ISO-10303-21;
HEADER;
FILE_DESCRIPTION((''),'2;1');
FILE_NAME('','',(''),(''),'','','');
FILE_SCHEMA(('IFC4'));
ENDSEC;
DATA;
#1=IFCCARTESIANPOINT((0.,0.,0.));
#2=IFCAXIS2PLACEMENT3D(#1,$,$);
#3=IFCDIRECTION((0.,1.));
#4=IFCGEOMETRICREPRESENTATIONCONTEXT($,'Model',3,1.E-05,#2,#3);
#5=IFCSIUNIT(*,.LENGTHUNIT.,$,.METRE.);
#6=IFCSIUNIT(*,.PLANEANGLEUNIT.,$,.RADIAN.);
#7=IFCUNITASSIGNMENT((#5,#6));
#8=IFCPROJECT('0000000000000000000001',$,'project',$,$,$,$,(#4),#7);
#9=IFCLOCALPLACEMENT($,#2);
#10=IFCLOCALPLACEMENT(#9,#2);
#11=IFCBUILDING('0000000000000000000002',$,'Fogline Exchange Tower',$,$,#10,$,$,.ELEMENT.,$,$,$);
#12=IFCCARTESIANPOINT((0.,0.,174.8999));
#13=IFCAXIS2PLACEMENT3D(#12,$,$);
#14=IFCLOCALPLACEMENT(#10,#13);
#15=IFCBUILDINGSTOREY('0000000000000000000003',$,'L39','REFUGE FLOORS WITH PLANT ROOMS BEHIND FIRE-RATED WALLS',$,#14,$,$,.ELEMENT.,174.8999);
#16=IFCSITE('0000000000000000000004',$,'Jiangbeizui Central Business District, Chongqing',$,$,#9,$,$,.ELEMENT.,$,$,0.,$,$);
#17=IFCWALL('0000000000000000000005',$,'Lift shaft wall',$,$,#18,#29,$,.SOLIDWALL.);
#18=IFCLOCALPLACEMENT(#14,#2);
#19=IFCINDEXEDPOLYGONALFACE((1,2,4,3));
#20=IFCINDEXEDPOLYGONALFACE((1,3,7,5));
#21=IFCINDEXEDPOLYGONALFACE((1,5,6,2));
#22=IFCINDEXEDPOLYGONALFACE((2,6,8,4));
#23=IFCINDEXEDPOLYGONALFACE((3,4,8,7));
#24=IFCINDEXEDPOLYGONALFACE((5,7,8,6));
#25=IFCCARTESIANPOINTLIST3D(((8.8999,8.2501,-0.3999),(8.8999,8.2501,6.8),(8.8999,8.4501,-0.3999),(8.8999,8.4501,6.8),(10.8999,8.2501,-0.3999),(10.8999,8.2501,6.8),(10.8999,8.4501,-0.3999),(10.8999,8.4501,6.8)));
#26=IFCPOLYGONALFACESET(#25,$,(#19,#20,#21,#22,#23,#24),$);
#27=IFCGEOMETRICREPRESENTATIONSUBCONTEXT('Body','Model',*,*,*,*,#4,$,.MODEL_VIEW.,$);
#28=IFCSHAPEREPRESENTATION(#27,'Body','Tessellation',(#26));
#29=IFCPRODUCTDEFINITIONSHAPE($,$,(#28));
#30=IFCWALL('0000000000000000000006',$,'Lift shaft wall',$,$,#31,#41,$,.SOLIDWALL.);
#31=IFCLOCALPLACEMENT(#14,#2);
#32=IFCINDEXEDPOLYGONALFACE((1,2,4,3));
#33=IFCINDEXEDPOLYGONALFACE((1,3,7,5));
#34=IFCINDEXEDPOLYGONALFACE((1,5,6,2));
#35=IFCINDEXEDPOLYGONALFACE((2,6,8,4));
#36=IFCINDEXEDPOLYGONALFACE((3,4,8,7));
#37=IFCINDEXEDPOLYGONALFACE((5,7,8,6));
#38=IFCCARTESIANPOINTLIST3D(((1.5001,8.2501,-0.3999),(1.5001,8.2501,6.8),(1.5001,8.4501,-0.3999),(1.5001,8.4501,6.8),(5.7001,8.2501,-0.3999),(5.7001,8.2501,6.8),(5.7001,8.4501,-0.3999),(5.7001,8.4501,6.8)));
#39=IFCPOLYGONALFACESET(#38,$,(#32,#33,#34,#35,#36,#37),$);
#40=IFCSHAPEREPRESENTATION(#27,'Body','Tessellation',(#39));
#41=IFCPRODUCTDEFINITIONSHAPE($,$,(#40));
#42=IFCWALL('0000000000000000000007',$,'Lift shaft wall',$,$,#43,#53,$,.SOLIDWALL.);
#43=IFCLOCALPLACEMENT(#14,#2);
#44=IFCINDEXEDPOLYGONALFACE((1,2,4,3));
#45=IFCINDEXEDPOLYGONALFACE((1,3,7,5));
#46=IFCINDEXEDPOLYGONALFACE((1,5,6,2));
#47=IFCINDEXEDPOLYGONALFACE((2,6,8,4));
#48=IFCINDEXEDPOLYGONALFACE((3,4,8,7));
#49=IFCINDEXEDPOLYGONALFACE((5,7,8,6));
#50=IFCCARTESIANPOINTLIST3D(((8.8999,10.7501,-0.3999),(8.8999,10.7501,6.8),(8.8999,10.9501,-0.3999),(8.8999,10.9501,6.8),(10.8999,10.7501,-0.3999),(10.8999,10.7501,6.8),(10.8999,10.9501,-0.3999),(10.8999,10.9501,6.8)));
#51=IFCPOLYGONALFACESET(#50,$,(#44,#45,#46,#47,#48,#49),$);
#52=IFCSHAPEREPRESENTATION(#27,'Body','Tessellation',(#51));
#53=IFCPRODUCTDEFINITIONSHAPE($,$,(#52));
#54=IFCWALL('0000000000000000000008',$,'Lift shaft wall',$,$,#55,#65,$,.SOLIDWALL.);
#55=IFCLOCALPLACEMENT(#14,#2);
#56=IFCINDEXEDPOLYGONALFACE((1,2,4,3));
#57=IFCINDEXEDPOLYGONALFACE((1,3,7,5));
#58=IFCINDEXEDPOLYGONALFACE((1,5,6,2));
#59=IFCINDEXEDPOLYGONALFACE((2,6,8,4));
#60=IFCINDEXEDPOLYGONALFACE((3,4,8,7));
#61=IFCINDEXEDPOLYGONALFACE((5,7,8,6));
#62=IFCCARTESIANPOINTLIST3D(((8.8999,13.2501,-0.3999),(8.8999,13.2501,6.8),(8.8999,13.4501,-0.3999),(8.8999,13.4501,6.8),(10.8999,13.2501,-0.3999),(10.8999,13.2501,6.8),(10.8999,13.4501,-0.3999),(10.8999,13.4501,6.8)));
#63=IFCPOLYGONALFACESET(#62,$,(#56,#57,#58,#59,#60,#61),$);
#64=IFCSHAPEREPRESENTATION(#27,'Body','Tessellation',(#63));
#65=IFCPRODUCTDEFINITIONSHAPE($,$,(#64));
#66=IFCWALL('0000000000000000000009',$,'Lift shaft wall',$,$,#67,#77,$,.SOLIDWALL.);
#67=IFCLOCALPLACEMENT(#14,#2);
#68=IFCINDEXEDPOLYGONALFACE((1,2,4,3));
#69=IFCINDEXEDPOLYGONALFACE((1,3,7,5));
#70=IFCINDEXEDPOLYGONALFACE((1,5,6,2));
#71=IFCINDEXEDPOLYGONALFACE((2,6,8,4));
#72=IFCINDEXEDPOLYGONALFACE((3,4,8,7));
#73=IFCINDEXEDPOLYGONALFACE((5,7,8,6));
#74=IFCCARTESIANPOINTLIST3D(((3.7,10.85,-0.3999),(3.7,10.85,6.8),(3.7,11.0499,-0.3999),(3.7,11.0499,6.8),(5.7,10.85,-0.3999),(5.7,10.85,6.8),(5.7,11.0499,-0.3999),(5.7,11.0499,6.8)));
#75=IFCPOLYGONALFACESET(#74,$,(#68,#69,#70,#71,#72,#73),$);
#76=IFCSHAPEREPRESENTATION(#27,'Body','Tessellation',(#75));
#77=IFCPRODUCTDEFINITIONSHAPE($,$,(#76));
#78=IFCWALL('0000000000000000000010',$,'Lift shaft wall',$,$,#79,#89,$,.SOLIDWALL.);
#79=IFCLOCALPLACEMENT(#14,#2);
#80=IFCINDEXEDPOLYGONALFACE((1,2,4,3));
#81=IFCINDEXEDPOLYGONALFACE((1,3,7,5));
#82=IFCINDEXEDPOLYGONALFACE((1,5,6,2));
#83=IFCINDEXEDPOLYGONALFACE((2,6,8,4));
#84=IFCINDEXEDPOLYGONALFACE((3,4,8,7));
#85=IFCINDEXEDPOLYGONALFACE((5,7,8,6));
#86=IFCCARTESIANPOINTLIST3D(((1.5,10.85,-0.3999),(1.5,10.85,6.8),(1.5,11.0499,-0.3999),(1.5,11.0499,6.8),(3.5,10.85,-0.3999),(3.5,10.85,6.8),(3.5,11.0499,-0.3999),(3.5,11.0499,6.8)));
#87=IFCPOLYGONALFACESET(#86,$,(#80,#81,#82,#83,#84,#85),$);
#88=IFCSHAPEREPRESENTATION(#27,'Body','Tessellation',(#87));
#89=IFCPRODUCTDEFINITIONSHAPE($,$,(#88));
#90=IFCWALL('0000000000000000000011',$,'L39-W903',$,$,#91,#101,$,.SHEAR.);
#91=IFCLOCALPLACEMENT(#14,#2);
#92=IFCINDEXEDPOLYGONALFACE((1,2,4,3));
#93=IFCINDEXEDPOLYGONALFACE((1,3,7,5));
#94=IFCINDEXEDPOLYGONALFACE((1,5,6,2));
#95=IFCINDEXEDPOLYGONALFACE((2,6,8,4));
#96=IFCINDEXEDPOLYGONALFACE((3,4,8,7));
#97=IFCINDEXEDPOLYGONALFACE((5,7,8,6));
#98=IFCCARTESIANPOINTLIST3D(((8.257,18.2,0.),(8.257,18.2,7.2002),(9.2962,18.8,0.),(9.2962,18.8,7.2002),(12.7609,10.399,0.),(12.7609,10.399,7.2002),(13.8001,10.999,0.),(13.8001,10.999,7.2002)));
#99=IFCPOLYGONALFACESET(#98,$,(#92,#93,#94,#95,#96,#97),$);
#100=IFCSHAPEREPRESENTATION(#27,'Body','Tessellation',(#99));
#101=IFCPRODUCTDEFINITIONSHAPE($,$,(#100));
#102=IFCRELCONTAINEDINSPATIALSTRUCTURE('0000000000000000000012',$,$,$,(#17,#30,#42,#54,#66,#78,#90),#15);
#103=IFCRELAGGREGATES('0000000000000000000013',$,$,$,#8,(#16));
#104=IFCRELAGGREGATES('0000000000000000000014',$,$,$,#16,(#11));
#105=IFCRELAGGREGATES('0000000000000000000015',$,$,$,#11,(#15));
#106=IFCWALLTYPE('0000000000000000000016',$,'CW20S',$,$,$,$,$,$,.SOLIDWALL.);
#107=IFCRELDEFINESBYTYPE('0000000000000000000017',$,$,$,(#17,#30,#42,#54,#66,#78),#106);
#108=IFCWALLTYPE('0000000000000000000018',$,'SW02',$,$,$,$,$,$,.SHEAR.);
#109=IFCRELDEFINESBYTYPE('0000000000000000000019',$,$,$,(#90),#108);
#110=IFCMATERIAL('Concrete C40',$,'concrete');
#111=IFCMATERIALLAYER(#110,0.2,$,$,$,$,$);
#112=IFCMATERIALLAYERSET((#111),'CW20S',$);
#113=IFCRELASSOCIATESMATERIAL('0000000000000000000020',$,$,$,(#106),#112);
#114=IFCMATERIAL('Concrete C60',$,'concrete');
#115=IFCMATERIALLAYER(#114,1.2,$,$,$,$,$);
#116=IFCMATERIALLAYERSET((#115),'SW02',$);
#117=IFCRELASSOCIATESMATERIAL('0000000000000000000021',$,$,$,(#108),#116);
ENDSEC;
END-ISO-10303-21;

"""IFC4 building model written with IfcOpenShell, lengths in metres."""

from ifc_helpers import new_model, si_unit, direction, frame, frame_2d, origin, place, context, subcontext, project, spatial, rectangle, extrude, material, layer, layer_set, type_object, element, save


model = new_model("IFC4")

# Units and contexts
model_context = context("Model", 3, precision=1e-05, world=origin(), true_north=direction((0.0, 1.0)))
body_context = subcontext(model_context, "Body", "Model", "MODEL_VIEW")
ifc_project = project(units=[si_unit("LENGTHUNIT", "METRE"), si_unit("PLANEANGLEUNIT", "RADIAN")], contexts=[model_context])

# Site, building, storey
site_placement = place(None, origin())
site = spatial("IfcSite", under=ifc_project, at=site_placement, Name="Jiangbeizui Central Business District, Chongqing", CompositionType="ELEMENT", RefElevation=0.0)
building_placement = place(site_placement, origin())
building = spatial("IfcBuilding", under=site, at=building_placement, Name="Fogline Exchange Tower", CompositionType="ELEMENT")
storey_placement = place(building_placement, frame((0.0, 0.0, 174.8999)))
storey = spatial("IfcBuildingStorey", under=building, at=storey_placement, Name="L39", Description="REFUGE FLOORS WITH PLANT ROOMS BEHIND FIRE-RATED WALLS", CompositionType="ELEMENT", Elevation=174.8999)

# Shared definitions
ifc_material_1 = material(Name="Concrete C40", Category="concrete")

# Shared definitions
ifc_layer_1 = layer(ifc_material_1, 0.2)
ifc_layer_set_1 = layer_set([ifc_layer_1], Name="CW20S")
wall_type_1 = type_object("IfcWallType", Name="CW20S", PredefinedType="SOLIDWALL", material=ifc_layer_set_1)

# Walls
wall_1_placement = place(storey_placement, frame((8.8999, 8.3501, -0.3999), z_axis=(0.0, 0.0, 1.0), x_axis=(1.0, 0.0, 0.0)))
element("IfcWall", 1, at=wall_1_placement, inside=storey, type_object=wall_type_1, Name="Lift shaft wall", PredefinedType="SOLIDWALL", context=body_context, shape_type="SweptSolid", body=[
    extrude(rectangle(XDim=2.0, YDim=0.2, at=frame_2d((1.0, 0.0))), origin(), (0.0, 0.0, 1.0), 7.2),
])
wall_2_placement = place(storey_placement, frame((1.5, 8.3501, -0.3999), z_axis=(0.0, 0.0, 1.0), x_axis=(1.0, 0.0, 0.0)))
element("IfcWall", 2, at=wall_2_placement, inside=storey, type_object=wall_type_1, Name="Lift shaft wall", PredefinedType="SOLIDWALL", context=body_context, shape_type="SweptSolid", body=[
    extrude(rectangle(XDim=4.2, YDim=0.2, at=frame_2d((2.1001, 0.0))), origin(), (0.0, 0.0, 1.0), 7.2),
])
for number, where, z_axis, x_axis, name in (
    (3, (8.8999, 10.8501, -0.3999), (0.0, 0.0, 1.0), (1.0, 0.0, 0.0), "Lift shaft wall"),
    (4, (8.8999, 13.3501, -0.3999), (0.0, 0.0, 1.0), (1.0, 0.0, 0.0), "Lift shaft wall"),
    (5, (3.7, 10.95, -0.3999), (0.0, 0.0, 1.0), (1.0, 0.0, 0.0), "Lift shaft wall"),
    (6, (1.5, 10.95, -0.3999), (0.0, 0.0, 1.0), (1.0, 0.0, 0.0), "Lift shaft wall"),
):
    element("IfcWall", number, at=place(storey_placement, frame(where, z_axis=z_axis, x_axis=x_axis)), inside=storey, type_object=wall_type_1, Name=name, PredefinedType="SOLIDWALL", context=body_context, shape_type="SweptSolid", body=[
        extrude(rectangle(XDim=2.0, YDim=0.2, at=frame_2d((1.0, 0.0))), origin(), (0.0, 0.0, 1.0), 7.2),
    ])
ifc_material_2 = material(Name="Concrete C60", Category="concrete")
ifc_layer_2 = layer(ifc_material_2, 1.2)
ifc_layer_set_2 = layer_set([ifc_layer_2], Name="SW02")
wall_type_2 = type_object("IfcWallType", Name="SW02", PredefinedType="SHEAR", material=ifc_layer_set_2)
wall_3_placement = place(storey_placement, frame((13.2805, 10.699, 0.0), z_axis=(0.0, 0.0, 1.0), x_axis=(-0.499999, 0.866026, 0.0)))
element("IfcWall", 7, at=wall_3_placement, inside=storey, type_object=wall_type_2, Name="L39-W903", PredefinedType="SHEAR", context=body_context, shape_type="SweptSolid", body=[
    extrude(rectangle(XDim=9.0078, YDim=1.2, at=frame_2d((4.5039, 0.0))), origin(), (0.0, 0.0, 1.0), 7.2002),
])

save(model, "model.ifc")
